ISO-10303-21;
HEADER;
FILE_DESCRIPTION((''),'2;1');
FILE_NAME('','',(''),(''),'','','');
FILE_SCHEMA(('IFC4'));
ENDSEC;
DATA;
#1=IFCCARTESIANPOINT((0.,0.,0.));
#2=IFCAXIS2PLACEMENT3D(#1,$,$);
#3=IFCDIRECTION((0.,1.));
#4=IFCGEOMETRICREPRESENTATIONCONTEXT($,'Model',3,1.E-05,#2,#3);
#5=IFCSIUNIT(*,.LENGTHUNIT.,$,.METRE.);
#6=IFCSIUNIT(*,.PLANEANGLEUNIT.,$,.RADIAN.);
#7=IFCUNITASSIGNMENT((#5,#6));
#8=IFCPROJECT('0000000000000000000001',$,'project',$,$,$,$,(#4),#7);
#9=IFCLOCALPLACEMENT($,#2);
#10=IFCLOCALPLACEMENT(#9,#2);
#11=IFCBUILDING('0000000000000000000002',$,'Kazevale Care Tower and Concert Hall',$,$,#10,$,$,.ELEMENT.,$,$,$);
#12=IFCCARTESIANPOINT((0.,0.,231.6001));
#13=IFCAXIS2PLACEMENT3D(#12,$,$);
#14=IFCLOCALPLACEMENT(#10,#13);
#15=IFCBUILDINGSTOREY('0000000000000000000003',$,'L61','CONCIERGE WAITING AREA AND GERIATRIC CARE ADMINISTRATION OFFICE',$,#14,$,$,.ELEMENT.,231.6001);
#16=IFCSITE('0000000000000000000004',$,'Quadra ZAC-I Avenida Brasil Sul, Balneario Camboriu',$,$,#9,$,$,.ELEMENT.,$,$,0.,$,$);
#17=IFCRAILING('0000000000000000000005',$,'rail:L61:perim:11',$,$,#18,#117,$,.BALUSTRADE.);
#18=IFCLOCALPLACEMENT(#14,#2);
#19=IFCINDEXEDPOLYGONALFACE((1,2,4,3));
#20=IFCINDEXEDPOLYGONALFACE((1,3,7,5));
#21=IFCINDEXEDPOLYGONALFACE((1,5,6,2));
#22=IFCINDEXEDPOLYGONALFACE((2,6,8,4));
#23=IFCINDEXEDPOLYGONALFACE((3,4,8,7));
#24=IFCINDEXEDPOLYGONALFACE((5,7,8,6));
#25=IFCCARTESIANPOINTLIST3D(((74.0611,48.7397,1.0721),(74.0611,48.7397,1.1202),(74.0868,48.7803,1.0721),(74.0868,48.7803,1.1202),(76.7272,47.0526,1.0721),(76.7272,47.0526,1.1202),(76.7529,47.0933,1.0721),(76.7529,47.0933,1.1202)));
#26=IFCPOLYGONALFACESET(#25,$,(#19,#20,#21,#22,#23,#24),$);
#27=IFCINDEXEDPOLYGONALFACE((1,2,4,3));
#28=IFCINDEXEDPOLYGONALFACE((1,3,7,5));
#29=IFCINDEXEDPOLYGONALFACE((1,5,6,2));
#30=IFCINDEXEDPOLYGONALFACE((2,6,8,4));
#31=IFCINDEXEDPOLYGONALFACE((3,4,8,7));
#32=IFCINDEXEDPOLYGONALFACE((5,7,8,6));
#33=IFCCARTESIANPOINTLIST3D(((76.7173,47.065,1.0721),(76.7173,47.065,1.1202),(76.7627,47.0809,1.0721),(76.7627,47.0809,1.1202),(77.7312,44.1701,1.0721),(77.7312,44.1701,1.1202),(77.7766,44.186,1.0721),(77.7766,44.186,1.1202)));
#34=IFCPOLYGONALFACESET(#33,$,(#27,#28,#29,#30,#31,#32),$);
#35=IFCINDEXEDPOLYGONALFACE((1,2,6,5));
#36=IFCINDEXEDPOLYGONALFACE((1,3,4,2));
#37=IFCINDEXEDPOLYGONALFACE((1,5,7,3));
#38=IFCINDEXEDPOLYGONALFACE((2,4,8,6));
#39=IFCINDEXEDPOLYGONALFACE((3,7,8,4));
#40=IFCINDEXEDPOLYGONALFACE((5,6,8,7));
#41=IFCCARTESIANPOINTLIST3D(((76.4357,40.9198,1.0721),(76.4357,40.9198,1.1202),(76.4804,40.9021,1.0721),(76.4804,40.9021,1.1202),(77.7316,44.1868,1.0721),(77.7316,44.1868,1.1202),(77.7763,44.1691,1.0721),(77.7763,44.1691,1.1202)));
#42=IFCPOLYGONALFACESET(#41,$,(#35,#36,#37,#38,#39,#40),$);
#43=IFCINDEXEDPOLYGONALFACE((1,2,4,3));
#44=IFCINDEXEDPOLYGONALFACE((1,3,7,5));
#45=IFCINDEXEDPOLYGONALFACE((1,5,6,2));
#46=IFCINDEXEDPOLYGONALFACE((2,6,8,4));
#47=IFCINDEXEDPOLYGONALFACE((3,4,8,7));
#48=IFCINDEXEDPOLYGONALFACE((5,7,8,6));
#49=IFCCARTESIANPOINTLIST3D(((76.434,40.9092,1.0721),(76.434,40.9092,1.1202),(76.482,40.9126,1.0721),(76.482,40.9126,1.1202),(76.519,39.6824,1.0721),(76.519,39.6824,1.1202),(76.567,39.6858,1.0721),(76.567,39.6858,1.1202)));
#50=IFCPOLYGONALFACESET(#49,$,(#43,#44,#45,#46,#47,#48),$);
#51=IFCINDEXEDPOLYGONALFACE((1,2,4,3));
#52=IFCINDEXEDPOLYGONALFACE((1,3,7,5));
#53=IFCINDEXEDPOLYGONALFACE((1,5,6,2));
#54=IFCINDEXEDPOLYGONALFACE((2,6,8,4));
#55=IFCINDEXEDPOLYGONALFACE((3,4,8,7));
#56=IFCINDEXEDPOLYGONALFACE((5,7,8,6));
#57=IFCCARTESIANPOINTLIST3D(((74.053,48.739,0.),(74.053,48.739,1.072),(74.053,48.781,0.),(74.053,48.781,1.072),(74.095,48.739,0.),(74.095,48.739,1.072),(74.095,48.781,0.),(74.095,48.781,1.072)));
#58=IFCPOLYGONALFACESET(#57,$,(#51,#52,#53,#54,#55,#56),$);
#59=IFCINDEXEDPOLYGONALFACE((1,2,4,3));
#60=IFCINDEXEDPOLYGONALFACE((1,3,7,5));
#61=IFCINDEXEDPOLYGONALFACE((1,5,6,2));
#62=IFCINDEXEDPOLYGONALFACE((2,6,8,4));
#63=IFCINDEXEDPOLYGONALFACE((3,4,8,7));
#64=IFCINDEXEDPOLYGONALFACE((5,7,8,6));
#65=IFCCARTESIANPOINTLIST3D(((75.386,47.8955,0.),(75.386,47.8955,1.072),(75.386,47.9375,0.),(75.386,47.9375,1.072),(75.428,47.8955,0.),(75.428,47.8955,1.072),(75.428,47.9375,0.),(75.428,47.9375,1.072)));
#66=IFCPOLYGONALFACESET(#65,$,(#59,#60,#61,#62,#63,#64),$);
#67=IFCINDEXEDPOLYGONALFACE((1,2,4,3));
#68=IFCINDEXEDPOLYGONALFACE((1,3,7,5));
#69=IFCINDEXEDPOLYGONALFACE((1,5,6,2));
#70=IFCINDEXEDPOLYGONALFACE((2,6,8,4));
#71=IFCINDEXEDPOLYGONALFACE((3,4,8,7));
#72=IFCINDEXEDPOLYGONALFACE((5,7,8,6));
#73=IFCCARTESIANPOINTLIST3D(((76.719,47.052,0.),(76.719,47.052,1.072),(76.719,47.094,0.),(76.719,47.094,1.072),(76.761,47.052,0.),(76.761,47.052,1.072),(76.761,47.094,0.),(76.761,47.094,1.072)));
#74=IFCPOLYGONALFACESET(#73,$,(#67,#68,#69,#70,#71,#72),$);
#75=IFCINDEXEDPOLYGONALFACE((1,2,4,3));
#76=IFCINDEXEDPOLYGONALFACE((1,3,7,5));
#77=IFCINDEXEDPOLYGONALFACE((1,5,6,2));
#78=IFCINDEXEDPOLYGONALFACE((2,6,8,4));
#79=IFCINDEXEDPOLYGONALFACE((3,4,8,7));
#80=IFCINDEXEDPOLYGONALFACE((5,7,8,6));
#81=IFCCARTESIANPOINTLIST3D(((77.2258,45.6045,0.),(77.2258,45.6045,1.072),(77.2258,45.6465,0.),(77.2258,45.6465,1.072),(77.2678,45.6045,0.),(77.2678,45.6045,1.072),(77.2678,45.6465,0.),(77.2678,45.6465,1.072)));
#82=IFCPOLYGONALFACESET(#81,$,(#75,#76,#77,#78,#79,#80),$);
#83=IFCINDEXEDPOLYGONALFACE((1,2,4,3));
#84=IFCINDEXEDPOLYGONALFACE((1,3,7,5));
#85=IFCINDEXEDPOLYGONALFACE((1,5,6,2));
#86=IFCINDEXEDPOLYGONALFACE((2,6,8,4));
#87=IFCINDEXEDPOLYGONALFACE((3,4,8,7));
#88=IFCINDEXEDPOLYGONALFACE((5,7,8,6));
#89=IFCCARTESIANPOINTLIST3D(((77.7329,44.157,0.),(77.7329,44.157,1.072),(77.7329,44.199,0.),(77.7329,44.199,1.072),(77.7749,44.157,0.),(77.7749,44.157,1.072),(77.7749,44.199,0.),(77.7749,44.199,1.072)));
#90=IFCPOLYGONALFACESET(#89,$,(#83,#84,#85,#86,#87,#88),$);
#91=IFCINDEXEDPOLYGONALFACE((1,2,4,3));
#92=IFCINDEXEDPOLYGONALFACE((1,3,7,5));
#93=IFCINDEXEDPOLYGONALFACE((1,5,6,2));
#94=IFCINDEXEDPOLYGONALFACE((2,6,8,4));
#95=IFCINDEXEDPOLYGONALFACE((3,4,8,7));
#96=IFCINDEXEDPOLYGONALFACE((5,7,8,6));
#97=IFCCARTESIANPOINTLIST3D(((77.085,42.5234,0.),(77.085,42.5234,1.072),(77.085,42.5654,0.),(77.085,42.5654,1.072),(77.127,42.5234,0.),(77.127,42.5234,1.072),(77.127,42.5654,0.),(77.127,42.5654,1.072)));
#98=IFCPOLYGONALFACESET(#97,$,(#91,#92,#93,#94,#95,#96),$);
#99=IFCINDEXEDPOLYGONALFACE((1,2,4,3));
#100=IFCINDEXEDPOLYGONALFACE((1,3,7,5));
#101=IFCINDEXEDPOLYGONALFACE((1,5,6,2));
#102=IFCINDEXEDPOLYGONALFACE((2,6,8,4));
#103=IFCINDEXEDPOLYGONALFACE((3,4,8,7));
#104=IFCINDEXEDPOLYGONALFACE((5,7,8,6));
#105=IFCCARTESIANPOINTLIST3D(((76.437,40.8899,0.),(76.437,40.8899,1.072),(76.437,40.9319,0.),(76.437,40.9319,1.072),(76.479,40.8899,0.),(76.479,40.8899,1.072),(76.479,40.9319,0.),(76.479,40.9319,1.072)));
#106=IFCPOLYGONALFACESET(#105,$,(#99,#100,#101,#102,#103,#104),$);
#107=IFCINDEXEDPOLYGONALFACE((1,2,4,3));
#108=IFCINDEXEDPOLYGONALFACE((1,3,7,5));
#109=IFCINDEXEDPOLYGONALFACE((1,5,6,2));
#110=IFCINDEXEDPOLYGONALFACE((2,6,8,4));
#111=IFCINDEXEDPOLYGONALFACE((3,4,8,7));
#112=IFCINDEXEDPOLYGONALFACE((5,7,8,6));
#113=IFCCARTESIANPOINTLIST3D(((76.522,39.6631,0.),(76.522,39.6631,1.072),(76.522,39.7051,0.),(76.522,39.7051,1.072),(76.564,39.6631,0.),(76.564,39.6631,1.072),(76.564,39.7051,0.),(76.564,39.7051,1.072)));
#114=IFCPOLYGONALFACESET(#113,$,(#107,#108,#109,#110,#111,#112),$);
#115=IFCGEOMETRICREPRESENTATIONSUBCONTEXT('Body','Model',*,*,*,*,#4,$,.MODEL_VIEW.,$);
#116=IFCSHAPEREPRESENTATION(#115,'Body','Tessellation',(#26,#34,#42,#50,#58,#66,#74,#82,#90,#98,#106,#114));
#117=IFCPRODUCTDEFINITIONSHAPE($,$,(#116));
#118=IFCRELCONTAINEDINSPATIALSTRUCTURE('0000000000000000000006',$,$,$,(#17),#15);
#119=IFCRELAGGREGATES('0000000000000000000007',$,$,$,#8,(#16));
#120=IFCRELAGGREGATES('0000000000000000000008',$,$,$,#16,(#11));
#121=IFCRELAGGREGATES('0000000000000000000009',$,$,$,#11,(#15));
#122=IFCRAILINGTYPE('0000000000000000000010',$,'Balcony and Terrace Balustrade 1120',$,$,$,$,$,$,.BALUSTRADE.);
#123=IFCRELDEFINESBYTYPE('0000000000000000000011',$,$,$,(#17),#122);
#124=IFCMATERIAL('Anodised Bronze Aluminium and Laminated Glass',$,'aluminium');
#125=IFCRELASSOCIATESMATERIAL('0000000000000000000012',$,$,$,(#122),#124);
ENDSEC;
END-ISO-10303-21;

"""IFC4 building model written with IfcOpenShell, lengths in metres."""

from ifc_helpers import new_model, si_unit, direction, frame, origin, origin_2d, place, context, subcontext, project, spatial, rectangle, extrude, material, type_object, element, save


model = new_model("IFC4")

# Units and contexts
model_context = context("Model", 3, precision=1e-05, world=origin(), true_north=direction((0.0, 1.0)))
body_context = subcontext(model_context, "Body", "Model", "MODEL_VIEW")
ifc_project = project(units=[si_unit("LENGTHUNIT", "METRE"), si_unit("PLANEANGLEUNIT", "RADIAN")], contexts=[model_context])

# Site, building, storey
site_placement = place(None, origin())
site = spatial("IfcSite", under=ifc_project, at=site_placement, Name="Quadra ZAC-I Avenida Brasil Sul, Balneario Camboriu", CompositionType="ELEMENT", RefElevation=0.0)
building_placement = place(site_placement, origin())
building = spatial("IfcBuilding", under=site, at=building_placement, Name="Kazevale Care Tower and Concert Hall", CompositionType="ELEMENT")
storey_placement = place(building_placement, frame((0.0, 0.0, 231.6001)))
storey = spatial("IfcBuildingStorey", under=building, at=storey_placement, Name="L61", Description="CONCIERGE WAITING AREA AND GERIATRIC CARE ADMINISTRATION OFFICE", CompositionType="ELEMENT", Elevation=231.6001)

# Railing
ifc_material_1 = material(Name="Anodised Bronze Aluminium and Laminated Glass", Category="aluminium")
railing_type = type_object("IfcRailingType", Name="Balcony and Terrace Balustrade 1120", PredefinedType="BALUSTRADE", material=ifc_material_1)
railing_1_placement = place(storey_placement, frame((74.074, 48.76, 0.0)))
element("IfcRailing", 1, at=railing_1_placement, inside=storey, type_object=railing_type, Name="rail:L61:perim:11", PredefinedType="BALUSTRADE", context=body_context, shape_type="SweptSolid", body=[
    extrude(rectangle(XDim=0.0481, YDim=0.0481, at=origin_2d()), frame((0.0, 0.0, 1.0962), z_axis=(0.845029, -0.534721, 0.0), x_axis=(0.534721, 0.845029, 0.0)), (0.0, 0.0, 1.0), 3.155),
    extrude(rectangle(XDim=0.0481, YDim=0.0481, at=origin_2d()), frame((2.666, -1.687, 1.0962), z_axis=(0.330542, -0.943791, 0.0), x_axis=(0.943791, 0.330542, 0.0)), (0.0, 0.0, 1.0), 3.0674),
    extrude(rectangle(XDim=0.0481, YDim=0.0481, at=origin_2d()), frame((3.6799, -4.582, 1.0962), z_axis=(-0.368706, -0.929546, 0.0), x_axis=(0.929546, -0.368706, 0.0)), (0.0, 0.0, 1.0), 3.5146),
    extrude(rectangle(XDim=0.0481, YDim=0.0481, at=origin_2d()), frame((2.384, -7.8491, 1.0962), z_axis=(0.069088, -0.997611, 0.0), x_axis=(0.997611, 0.069088, 0.0)), (0.0, 0.0, 1.0), 1.2297),
    extrude(rectangle(XDim=0.042, YDim=0.042, at=origin_2d()), origin(), (0.0, 0.0, 1.0), 1.072),
    extrude(rectangle(XDim=0.042, YDim=0.042, at=origin_2d()), frame((1.333, -0.8435, 0.0)), (0.0, 0.0, 1.0), 1.072),
    extrude(rectangle(XDim=0.042, YDim=0.042, at=origin_2d()), frame((2.666, -1.687, 0.0)), (0.0, 0.0, 1.0), 1.072),
    extrude(rectangle(XDim=0.042, YDim=0.042, at=origin_2d()), frame((3.1729, -3.1345, 0.0)), (0.0, 0.0, 1.0), 1.072),
    extrude(rectangle(XDim=0.042, YDim=0.042, at=origin_2d()), frame((3.6799, -4.582, 0.0)), (0.0, 0.0, 1.0), 1.072),
    extrude(rectangle(XDim=0.042, YDim=0.042, at=origin_2d()), frame((3.032, -6.2156, 0.0)), (0.0, 0.0, 1.0), 1.072),
    extrude(rectangle(XDim=0.042, YDim=0.042, at=origin_2d()), frame((2.384, -7.8491, 0.0)), (0.0, 0.0, 1.0), 1.072),
    extrude(rectangle(XDim=0.042, YDim=0.042, at=origin_2d()), frame((2.469, -9.0759, 0.0)), (0.0, 0.0, 1.0), 1.072),
])

save(model, "model.ifc")
